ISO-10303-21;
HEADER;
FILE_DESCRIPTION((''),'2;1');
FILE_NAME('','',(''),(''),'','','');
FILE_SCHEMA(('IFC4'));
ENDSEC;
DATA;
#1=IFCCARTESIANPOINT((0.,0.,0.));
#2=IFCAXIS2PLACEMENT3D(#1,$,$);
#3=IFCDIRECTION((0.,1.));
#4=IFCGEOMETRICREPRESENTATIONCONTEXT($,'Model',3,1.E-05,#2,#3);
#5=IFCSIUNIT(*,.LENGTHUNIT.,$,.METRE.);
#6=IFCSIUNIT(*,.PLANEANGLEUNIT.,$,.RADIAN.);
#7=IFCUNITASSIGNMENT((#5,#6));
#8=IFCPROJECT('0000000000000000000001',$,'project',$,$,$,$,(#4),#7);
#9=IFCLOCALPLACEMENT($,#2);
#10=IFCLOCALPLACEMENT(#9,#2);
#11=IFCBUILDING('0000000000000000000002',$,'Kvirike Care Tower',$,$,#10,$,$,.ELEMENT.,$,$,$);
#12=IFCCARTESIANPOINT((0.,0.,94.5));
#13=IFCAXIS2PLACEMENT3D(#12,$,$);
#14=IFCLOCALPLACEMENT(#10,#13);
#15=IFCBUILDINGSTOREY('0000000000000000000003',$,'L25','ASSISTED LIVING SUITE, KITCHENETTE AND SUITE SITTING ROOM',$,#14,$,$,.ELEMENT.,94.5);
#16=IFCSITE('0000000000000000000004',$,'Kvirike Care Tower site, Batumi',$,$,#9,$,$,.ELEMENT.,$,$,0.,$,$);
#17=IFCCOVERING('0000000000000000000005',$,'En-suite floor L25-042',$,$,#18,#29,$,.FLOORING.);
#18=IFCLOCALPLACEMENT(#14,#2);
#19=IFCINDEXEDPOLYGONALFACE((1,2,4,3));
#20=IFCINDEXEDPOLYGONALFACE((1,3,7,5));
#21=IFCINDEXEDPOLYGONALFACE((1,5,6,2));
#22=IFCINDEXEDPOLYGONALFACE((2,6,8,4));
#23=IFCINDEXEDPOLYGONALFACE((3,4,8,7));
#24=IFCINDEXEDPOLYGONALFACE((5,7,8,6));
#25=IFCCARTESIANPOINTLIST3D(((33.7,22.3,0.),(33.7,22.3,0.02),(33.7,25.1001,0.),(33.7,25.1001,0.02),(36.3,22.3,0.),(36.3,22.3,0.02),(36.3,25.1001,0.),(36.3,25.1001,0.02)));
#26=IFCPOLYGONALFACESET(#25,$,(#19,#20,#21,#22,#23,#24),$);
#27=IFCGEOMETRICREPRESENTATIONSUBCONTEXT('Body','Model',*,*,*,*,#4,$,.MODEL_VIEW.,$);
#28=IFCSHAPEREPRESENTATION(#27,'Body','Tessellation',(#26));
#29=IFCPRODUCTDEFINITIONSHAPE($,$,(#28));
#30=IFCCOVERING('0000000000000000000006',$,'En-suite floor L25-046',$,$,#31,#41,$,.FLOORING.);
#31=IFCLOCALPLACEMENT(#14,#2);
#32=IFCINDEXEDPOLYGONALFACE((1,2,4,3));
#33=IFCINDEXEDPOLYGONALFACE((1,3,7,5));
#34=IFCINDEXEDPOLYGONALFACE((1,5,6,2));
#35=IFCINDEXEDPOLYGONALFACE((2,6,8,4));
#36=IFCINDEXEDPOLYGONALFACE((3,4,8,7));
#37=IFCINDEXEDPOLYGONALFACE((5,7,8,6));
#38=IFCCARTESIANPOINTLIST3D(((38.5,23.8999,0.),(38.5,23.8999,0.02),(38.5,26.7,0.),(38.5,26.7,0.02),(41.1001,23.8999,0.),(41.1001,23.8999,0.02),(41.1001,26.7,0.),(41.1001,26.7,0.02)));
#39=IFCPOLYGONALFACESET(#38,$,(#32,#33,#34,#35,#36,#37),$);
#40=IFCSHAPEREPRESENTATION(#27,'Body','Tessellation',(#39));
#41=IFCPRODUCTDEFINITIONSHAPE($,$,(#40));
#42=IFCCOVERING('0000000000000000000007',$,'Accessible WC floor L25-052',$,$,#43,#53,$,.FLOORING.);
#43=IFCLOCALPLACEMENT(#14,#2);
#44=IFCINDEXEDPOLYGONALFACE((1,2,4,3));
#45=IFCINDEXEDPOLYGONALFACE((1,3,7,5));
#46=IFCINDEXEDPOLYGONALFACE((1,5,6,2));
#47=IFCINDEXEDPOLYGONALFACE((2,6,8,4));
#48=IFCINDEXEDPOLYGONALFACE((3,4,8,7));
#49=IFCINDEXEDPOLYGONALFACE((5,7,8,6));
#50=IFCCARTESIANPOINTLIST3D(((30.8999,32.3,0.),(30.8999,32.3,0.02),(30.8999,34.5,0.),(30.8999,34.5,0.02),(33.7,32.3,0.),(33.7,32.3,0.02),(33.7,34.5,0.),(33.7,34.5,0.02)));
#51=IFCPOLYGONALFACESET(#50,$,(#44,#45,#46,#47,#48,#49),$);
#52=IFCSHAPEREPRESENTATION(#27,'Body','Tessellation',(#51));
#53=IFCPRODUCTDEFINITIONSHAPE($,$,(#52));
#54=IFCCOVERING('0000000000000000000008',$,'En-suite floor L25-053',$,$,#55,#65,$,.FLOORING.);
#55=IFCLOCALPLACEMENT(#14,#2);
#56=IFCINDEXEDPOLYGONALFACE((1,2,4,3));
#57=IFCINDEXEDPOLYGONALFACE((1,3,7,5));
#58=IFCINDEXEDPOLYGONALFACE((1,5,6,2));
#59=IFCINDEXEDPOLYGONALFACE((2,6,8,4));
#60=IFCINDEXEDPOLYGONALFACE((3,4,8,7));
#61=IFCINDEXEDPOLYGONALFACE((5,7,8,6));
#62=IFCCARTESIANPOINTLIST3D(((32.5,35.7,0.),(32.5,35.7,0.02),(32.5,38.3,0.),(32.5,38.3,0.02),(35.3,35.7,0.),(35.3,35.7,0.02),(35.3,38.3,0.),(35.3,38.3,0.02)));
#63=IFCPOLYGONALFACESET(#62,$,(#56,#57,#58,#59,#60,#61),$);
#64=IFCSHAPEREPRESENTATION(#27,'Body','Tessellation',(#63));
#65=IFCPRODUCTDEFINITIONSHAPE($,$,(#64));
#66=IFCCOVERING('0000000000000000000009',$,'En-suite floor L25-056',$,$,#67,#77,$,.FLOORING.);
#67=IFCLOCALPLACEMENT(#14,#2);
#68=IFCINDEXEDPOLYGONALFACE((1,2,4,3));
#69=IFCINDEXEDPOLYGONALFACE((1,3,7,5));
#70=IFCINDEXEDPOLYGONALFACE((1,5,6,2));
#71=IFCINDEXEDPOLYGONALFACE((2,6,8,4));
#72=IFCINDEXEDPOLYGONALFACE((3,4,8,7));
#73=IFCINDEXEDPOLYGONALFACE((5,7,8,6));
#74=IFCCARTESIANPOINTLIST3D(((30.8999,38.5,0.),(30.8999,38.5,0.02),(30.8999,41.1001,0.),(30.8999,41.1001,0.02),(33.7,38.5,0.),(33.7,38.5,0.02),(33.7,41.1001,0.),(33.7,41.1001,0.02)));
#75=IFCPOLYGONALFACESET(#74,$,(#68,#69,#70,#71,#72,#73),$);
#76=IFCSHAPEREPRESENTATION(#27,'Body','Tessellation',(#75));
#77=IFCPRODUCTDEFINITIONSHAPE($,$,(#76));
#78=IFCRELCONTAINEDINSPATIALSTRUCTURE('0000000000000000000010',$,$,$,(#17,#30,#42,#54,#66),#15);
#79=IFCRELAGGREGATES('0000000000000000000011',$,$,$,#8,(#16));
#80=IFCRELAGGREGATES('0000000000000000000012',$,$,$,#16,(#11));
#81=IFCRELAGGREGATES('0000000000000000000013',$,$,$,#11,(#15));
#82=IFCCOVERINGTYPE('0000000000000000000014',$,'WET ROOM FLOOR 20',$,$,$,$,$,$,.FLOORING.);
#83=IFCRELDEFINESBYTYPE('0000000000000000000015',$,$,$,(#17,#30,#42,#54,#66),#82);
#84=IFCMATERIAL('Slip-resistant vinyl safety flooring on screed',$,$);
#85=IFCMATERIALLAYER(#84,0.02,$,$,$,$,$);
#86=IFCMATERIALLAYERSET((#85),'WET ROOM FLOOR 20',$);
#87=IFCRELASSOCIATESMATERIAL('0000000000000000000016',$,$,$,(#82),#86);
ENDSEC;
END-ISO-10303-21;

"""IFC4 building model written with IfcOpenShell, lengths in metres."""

from ifc_helpers import new_model, si_unit, direction, frame, origin, place, context, subcontext, project, spatial, polyline, outline, extrude, material, layer, layer_set, type_object, element, save


model = new_model("IFC4")

# Units and contexts
model_context = context("Model", 3, precision=1e-05, world=origin(), true_north=direction((0.0, 1.0)))
body_context = subcontext(model_context, "Body", "Model", "MODEL_VIEW")
ifc_project = project(units=[si_unit("LENGTHUNIT", "METRE"), si_unit("PLANEANGLEUNIT", "RADIAN")], contexts=[model_context])

# Site, building, storey
site_placement = place(None, origin())
site = spatial("IfcSite", under=ifc_project, at=site_placement, Name="Kvirike Care Tower site, Batumi", CompositionType="ELEMENT", RefElevation=0.0)
building_placement = place(site_placement, origin())
building = spatial("IfcBuilding", under=site, at=building_placement, Name="Kvirike Care Tower", CompositionType="ELEMENT")
storey_placement = place(building_placement, frame((0.0, 0.0, 94.5)))
storey = spatial("IfcBuildingStorey", under=building, at=storey_placement, Name="L25", Description="ASSISTED LIVING SUITE, KITCHENETTE AND SUITE SITTING ROOM", CompositionType="ELEMENT", Elevation=94.5)

# Coverings
ifc_material_1 = material(Name="Slip-resistant vinyl safety flooring on screed")
ifc_layer_1 = layer(ifc_material_1, 0.02)
ifc_layer_set_1 = layer_set([ifc_layer_1], Name="WET ROOM FLOOR 20")
covering_type_1 = type_object("IfcCoveringType", Name="WET ROOM FLOOR 20", PredefinedType="FLOORING", material=ifc_layer_set_1)
covering_1_placement = place(storey_placement, origin())
element("IfcCovering", 1, at=covering_1_placement, inside=storey, type_object=covering_type_1, Name="En-suite floor L25-042", PredefinedType="FLOORING", context=body_context, shape_type="SweptSolid", body=[
    extrude(outline(polyline([(33.7, 22.3), (33.7, 25.1001), (36.3, 25.1001), (36.3, 22.3), (33.7, 22.3)])), origin(), (0.0, 0.0, 1.0), 0.02),
])
covering_2_placement = place(storey_placement, origin())
element("IfcCovering", 2, at=covering_2_placement, inside=storey, type_object=covering_type_1, Name="En-suite floor L25-046", PredefinedType="FLOORING", context=body_context, shape_type="SweptSolid", body=[
    extrude(outline(polyline([(38.5, 23.8999), (38.5, 26.7), (41.1001, 26.7), (41.1001, 23.8999), (38.5, 23.8999)])), origin(), (0.0, 0.0, 1.0), 0.02),
])
covering_3_placement = place(storey_placement, origin())
element("IfcCovering", 3, at=covering_3_placement, inside=storey, type_object=covering_type_1, Name="Accessible WC floor L25-052", PredefinedType="FLOORING", context=body_context, shape_type="SweptSolid", body=[
    extrude(outline(polyline([(33.7, 32.3), (30.8999, 32.3), (30.8999, 34.5), (33.7, 34.5), (33.7, 32.3)])), origin(), (0.0, 0.0, 1.0), 0.02),
])
covering_4_placement = place(storey_placement, origin())
element("IfcCovering", 4, at=covering_4_placement, inside=storey, type_object=covering_type_1, Name="En-suite floor L25-053", PredefinedType="FLOORING", context=body_context, shape_type="SweptSolid", body=[
    extrude(outline(polyline([(35.3, 35.7), (32.5, 35.7), (32.5, 38.3), (35.3, 38.3), (35.3, 35.7)])), origin(), (0.0, 0.0, 1.0), 0.02),
])
covering_5_placement = place(storey_placement, origin())
element("IfcCovering", 5, at=covering_5_placement, inside=storey, type_object=covering_type_1, Name="En-suite floor L25-056", PredefinedType="FLOORING", context=body_context, shape_type="SweptSolid", body=[
    extrude(outline(polyline([(33.7, 38.5), (30.8999, 38.5), (30.8999, 41.1001), (33.7, 41.1001), (33.7, 38.5)])), origin(), (0.0, 0.0, 1.0), 0.02),
])

save(model, "model.ifc")
